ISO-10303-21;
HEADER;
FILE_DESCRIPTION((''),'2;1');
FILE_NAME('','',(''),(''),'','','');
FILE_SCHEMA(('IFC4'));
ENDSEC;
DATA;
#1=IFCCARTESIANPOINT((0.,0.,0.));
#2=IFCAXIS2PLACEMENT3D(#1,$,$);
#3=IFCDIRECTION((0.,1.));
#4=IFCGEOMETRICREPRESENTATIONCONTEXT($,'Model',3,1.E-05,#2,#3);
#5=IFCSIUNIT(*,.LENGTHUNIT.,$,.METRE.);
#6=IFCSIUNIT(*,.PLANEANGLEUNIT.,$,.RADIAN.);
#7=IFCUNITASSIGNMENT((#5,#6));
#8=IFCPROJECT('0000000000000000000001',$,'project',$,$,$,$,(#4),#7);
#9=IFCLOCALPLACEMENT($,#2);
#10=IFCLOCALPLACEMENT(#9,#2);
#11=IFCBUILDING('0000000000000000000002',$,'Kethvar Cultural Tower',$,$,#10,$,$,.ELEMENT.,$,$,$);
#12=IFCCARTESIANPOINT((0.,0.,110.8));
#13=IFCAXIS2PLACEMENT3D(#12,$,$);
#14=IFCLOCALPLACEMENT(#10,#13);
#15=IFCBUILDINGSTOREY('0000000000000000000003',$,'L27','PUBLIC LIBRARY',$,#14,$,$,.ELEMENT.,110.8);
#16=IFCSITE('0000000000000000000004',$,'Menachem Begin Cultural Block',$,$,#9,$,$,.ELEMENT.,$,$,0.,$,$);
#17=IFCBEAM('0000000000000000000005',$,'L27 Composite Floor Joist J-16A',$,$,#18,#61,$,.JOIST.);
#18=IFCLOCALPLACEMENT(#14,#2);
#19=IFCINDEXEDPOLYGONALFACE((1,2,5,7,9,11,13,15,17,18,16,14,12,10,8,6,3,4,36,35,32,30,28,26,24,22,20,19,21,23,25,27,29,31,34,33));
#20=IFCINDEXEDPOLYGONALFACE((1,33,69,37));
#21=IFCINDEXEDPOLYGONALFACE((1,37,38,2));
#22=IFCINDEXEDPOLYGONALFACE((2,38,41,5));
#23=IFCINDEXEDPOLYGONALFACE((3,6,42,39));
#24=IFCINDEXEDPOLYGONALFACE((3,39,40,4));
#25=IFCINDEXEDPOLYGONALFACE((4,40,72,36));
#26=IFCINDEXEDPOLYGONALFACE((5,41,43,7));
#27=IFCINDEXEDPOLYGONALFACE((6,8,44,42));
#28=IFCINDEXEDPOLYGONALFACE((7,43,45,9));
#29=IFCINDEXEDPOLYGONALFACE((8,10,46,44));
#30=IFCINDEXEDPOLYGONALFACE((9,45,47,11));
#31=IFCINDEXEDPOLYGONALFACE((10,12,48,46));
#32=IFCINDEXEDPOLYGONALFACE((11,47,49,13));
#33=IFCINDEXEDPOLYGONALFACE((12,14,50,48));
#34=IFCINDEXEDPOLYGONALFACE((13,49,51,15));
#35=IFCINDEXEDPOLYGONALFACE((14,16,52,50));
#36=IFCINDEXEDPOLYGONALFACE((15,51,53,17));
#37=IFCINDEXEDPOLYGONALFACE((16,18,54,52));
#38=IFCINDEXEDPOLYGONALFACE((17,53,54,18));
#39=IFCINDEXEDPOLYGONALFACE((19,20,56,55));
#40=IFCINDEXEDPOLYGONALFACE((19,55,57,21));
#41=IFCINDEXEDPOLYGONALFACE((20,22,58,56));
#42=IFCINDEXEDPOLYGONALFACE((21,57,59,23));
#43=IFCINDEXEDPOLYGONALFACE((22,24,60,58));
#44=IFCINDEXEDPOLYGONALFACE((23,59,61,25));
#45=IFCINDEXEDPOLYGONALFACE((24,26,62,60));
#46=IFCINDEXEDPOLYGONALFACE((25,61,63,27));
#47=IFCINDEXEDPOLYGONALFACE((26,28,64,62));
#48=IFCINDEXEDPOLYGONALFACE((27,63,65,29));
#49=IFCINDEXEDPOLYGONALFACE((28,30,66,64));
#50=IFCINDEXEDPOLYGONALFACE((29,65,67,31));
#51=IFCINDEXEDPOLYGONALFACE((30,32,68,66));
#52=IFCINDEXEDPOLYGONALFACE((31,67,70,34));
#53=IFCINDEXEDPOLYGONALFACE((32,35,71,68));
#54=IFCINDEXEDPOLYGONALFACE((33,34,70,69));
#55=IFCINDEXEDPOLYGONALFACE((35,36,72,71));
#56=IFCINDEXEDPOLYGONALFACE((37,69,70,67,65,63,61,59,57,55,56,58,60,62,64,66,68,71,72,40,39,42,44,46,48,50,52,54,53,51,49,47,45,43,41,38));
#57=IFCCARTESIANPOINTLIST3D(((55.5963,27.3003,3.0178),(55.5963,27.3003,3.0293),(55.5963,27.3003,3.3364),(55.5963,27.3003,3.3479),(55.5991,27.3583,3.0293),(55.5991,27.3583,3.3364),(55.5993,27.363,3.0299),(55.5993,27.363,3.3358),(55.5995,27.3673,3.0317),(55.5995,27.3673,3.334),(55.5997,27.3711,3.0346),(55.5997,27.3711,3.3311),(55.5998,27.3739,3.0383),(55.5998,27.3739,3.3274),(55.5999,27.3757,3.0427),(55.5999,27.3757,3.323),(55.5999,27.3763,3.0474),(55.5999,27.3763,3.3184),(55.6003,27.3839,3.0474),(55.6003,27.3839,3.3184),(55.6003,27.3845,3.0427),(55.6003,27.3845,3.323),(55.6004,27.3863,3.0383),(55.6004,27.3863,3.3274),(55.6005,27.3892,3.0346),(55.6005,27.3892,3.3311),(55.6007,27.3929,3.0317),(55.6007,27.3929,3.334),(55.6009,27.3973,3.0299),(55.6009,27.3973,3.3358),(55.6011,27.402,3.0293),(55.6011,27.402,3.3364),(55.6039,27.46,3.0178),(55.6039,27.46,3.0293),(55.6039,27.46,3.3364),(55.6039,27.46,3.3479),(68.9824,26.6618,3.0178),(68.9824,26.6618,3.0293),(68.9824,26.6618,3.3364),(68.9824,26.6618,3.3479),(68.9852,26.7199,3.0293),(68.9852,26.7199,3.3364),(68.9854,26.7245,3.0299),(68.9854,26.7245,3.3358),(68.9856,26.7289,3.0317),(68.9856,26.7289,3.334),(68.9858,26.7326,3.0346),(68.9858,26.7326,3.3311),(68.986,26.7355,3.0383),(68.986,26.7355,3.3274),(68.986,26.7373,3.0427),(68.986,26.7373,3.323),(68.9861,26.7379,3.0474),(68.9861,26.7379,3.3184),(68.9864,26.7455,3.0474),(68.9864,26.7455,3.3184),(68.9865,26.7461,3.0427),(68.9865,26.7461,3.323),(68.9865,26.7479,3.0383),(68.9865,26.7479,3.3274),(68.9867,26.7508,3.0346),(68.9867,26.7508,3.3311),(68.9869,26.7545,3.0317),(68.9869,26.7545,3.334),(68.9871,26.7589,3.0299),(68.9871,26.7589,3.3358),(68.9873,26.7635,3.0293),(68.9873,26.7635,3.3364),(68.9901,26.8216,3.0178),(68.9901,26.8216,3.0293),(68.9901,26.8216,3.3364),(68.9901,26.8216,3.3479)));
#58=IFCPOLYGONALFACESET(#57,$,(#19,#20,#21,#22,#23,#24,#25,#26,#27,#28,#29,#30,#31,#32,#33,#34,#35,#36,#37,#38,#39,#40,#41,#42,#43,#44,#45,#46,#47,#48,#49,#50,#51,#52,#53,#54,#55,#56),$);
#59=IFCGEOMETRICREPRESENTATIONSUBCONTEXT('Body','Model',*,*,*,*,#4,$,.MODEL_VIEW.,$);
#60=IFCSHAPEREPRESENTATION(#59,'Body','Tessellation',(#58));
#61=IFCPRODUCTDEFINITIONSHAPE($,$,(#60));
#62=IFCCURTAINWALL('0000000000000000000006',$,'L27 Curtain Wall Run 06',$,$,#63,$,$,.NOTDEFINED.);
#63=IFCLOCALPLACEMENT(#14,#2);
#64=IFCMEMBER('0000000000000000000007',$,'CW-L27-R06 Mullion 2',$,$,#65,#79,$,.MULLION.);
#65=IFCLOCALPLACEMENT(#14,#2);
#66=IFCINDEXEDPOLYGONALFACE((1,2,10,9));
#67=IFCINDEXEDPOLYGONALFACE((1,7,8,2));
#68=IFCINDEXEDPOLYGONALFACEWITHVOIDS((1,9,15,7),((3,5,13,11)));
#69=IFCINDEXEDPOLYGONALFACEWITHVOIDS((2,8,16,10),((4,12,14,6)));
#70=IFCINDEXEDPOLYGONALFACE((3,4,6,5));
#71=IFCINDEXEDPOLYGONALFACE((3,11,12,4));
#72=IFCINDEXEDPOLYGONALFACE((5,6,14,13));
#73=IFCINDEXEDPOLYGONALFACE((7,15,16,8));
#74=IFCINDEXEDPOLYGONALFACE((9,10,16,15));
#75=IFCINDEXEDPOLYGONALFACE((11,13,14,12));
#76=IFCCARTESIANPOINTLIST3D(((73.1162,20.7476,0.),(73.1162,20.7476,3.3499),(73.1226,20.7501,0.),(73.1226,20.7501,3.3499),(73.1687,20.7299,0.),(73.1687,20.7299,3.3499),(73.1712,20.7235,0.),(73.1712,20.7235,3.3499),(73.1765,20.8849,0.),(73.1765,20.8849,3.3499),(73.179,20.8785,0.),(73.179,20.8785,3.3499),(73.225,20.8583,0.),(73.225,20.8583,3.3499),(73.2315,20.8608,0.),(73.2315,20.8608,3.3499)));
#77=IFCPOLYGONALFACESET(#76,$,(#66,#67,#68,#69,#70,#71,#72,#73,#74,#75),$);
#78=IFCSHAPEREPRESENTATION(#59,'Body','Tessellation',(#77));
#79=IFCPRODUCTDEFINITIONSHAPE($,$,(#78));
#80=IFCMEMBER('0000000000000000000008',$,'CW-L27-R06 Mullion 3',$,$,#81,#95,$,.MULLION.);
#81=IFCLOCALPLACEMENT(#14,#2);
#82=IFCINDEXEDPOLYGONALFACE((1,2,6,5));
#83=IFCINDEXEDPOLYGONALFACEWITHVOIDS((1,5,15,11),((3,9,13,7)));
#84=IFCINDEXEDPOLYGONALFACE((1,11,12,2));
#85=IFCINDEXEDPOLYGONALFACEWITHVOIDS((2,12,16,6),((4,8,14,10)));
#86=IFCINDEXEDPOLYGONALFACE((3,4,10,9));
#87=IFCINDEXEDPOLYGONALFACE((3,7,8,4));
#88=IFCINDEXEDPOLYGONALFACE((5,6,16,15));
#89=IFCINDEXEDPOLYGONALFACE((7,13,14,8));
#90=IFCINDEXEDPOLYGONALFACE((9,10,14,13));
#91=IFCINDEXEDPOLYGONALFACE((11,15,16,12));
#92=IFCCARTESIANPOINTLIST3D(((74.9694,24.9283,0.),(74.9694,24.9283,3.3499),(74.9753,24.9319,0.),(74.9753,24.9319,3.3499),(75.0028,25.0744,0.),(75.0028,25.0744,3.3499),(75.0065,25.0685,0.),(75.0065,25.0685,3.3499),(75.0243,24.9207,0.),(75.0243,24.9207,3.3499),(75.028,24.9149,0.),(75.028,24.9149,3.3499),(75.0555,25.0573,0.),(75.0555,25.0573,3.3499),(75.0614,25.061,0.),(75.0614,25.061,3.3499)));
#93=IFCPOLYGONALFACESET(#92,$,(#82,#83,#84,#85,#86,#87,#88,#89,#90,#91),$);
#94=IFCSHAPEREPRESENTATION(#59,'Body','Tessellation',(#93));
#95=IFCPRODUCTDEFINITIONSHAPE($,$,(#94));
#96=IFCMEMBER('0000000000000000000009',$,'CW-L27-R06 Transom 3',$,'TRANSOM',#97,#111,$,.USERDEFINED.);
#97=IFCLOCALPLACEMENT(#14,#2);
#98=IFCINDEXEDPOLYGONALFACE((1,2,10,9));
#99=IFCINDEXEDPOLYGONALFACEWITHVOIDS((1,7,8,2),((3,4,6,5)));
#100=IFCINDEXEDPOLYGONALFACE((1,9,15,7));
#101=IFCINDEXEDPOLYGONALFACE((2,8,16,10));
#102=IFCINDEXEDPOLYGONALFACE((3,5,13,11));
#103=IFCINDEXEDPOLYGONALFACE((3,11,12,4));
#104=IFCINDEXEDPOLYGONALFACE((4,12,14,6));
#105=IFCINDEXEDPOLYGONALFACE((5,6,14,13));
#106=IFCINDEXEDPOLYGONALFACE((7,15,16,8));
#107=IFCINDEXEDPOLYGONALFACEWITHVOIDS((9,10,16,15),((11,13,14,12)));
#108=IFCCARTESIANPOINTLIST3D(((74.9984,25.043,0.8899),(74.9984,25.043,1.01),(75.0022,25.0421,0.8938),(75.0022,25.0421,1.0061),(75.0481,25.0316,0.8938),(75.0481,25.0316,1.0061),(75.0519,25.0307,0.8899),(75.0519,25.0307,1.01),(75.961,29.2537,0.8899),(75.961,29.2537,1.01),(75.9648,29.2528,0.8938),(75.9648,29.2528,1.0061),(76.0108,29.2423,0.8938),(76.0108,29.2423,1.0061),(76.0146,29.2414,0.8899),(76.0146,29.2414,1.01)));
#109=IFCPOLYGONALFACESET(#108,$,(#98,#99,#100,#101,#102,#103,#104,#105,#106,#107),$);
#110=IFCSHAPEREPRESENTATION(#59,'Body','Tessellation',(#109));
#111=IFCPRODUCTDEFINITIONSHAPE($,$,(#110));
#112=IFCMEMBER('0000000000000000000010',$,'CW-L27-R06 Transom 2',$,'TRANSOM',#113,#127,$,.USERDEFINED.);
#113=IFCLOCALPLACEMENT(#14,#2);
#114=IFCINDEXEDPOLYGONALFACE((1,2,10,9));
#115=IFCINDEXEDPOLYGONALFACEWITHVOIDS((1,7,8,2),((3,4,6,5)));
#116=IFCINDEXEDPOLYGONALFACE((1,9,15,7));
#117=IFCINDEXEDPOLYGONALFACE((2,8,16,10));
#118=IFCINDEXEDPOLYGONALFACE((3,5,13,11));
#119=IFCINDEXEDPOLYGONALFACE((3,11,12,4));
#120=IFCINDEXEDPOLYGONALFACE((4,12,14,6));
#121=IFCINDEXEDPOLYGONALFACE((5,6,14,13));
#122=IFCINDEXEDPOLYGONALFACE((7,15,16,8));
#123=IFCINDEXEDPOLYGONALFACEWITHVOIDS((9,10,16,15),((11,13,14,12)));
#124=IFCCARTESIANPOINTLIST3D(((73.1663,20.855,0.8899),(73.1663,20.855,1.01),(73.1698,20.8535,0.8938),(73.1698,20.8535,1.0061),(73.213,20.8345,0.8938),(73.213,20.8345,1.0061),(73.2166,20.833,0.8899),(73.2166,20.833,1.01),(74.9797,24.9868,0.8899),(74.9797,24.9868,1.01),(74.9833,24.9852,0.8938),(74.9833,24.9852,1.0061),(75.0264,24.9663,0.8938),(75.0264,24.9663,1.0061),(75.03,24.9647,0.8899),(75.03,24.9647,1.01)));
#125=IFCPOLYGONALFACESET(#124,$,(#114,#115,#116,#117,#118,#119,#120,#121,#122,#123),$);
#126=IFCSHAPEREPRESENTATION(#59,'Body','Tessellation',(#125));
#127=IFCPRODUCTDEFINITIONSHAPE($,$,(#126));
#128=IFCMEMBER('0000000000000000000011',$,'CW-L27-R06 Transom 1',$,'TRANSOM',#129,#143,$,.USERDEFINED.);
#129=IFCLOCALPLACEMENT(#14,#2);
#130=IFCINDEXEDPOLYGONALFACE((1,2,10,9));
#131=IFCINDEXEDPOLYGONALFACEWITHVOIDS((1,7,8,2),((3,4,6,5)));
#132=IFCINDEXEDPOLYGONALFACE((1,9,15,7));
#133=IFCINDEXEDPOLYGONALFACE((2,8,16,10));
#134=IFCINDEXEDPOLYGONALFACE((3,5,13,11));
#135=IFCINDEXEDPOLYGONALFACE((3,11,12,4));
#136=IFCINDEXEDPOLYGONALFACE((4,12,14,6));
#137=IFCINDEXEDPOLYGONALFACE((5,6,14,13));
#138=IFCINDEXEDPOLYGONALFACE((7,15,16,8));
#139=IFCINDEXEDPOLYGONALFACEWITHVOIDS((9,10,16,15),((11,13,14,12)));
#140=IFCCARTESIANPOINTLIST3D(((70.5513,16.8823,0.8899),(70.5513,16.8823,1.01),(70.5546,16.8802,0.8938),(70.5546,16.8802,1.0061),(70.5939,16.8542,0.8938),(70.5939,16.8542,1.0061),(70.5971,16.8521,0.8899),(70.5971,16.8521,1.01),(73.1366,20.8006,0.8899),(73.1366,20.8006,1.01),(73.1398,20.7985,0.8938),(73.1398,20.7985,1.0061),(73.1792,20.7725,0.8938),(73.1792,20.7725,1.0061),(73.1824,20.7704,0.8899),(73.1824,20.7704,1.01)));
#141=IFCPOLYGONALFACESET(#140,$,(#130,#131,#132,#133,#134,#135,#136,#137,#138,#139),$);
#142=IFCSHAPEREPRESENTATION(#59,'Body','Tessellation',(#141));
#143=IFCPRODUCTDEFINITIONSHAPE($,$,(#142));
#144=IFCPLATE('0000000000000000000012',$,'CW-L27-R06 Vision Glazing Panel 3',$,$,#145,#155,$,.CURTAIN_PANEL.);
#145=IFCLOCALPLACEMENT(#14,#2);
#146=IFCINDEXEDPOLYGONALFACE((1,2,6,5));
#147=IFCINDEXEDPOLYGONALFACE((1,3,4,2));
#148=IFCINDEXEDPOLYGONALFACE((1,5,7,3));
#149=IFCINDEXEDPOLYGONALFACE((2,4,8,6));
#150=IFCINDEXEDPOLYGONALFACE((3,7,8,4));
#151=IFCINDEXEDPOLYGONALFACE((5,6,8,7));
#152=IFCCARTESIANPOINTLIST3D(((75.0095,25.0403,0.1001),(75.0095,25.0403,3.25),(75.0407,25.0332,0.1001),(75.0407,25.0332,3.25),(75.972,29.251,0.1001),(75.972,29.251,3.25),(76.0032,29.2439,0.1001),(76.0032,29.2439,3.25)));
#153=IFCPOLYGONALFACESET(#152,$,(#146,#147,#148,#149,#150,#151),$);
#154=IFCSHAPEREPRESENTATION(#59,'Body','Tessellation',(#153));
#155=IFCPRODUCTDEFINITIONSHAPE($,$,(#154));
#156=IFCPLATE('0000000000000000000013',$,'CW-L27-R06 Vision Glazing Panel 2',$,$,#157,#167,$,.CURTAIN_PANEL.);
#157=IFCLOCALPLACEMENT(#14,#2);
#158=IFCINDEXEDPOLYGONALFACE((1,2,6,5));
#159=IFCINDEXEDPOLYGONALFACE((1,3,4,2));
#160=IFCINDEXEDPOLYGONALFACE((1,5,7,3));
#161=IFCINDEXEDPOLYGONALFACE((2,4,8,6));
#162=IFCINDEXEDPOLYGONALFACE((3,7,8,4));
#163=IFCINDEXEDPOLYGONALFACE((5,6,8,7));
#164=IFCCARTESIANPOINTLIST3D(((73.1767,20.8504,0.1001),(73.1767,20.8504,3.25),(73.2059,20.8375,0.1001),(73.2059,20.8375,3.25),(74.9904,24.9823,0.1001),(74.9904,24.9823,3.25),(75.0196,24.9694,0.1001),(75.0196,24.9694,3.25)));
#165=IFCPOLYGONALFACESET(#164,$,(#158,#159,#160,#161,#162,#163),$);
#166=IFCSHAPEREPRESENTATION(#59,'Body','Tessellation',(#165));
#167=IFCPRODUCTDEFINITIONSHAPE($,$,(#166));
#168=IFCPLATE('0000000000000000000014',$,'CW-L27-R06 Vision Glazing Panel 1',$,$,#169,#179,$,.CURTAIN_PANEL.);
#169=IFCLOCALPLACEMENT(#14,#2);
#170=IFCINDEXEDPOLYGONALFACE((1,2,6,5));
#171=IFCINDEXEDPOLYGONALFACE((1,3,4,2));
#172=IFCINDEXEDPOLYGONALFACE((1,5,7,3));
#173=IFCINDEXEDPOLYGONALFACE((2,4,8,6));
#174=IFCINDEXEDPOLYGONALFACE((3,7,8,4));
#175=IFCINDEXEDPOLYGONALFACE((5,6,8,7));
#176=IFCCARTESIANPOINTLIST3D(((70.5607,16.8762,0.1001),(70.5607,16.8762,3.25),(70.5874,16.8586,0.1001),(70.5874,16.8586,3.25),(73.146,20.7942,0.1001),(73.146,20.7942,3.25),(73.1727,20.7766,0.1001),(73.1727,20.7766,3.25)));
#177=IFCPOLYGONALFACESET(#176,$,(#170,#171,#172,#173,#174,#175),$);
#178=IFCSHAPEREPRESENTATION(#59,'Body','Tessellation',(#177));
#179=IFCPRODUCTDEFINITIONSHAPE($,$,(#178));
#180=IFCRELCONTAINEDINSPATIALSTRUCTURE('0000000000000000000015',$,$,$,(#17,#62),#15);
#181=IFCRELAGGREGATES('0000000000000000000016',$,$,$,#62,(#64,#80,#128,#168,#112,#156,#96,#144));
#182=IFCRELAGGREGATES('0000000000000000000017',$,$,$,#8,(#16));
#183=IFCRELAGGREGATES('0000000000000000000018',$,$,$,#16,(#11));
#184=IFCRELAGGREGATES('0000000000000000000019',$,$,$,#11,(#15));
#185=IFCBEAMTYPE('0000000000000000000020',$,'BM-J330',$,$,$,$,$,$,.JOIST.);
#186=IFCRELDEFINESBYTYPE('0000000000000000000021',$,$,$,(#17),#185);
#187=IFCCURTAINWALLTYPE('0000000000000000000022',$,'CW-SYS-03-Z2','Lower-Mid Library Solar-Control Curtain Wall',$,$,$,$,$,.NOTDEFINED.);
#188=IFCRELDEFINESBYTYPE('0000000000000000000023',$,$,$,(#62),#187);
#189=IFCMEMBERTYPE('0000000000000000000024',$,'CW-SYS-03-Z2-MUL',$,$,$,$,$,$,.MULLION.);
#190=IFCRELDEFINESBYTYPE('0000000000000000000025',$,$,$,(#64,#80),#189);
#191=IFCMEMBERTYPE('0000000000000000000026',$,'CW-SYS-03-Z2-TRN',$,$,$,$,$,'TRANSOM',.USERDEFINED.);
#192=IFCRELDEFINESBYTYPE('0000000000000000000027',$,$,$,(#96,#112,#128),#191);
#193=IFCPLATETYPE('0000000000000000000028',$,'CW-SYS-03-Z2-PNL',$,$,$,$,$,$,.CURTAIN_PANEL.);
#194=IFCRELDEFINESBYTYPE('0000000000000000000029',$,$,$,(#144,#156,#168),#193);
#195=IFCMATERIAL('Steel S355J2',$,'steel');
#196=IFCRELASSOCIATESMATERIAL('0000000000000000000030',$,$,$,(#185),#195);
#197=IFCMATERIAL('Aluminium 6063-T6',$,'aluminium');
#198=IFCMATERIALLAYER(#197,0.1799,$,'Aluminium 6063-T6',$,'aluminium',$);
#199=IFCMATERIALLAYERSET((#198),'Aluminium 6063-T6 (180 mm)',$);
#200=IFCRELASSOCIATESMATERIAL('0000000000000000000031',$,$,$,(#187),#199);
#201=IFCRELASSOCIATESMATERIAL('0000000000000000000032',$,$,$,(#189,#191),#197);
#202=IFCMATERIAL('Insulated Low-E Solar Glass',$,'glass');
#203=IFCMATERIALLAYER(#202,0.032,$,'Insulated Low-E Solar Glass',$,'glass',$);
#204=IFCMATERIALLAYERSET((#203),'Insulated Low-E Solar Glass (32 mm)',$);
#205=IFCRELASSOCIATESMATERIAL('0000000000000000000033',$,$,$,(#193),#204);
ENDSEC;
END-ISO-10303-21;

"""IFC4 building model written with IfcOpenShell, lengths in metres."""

from ifc_helpers import new_model, si_unit, direction, frame, origin, origin_2d, place, context, subcontext, project, spatial, rectangle, hollow_rectangle, i_section, extrude, source, transform, mapped, material, layer, layer_set, material_profile, profile_set, type_object, element, aggregate, save


model = new_model("IFC4")

# Units and contexts
model_context = context("Model", 3, precision=1e-05, world=origin(), true_north=direction((0.0, 1.0)))
body_context = subcontext(model_context, "Body", "Model", "MODEL_VIEW")
ifc_project = project(units=[si_unit("LENGTHUNIT", "METRE"), si_unit("PLANEANGLEUNIT", "RADIAN")], contexts=[model_context])

# Site, building, storey
site_placement = place(None, origin())
site = spatial("IfcSite", under=ifc_project, at=site_placement, Name="Menachem Begin Cultural Block", CompositionType="ELEMENT", RefElevation=0.0)
building_placement = place(site_placement, origin())
building = spatial("IfcBuilding", under=site, at=building_placement, Name="Kethvar Cultural Tower", CompositionType="ELEMENT")
storey_placement = place(building_placement, frame((0.0, 0.0, 110.8)))
storey = spatial("IfcBuildingStorey", under=building, at=storey_placement, Name="L27", Description="PUBLIC LIBRARY", CompositionType="ELEMENT", Elevation=110.8)

# Beam
ifc_material_1 = material(Name="Steel S355J2", Category="steel")
ifc_material_profile_1 = material_profile(ifc_material_1, i_section(OverallWidth=0.1599, OverallDepth=0.3301, WebThickness=0.0076, FlangeThickness=0.0115, FilletRadius=0.0181, at=origin_2d()), Name="Steel S355J2 — IPE330")
ifc_profile_set_1 = profile_set([ifc_material_profile_1], Name="Steel S355J2 — IPE330")
beam_type_1 = type_object("IfcBeamType", Name="BM-J330", PredefinedType="JOIST", material=ifc_profile_set_1)
shared_shape_1 = source(origin(), body_context, "Body", "SweptSolid", [
    extrude(i_section(OverallWidth=0.1599, OverallDepth=0.3301, WebThickness=0.0076, FlangeThickness=0.0115, FilletRadius=0.0181, at=origin_2d()), origin(), (0.0, 0.0, 1.0), 13.4014),
])
beam_1_placement = place(storey_placement, frame((55.6001, 27.3801, 3.1829), z_axis=(0.998865, -0.047639, 0.0), x_axis=(0.047639, 0.998865, 0.0)))
element("IfcBeam", 1, at=beam_1_placement, inside=storey, type_object=beam_type_1, Name="L27 Composite Floor Joist J-16A", PredefinedType="JOIST", context=body_context, shape_type="MappedRepresentation", body=[
    mapped(shared_shape_1, transform((0.0, 0.0, 0.0), scale=1.0)),
])

# Curtain wall, members, plates
ifc_material_2 = material(Name="Aluminium 6063-T6", Category="aluminium")
ifc_layer_1 = layer(ifc_material_2, 0.1799, Name="Aluminium 6063-T6", Category="aluminium")
ifc_layer_set_1 = layer_set([ifc_layer_1], Name="Aluminium 6063-T6 (180 mm)")
curtain_wall_type = type_object("IfcCurtainWallType", Name="CW-SYS-03-Z2", Description="Lower-Mid Library Solar-Control Curtain Wall", PredefinedType="NOTDEFINED", material=ifc_layer_set_1)
curtain_wall_placement = place(storey_placement, origin())
curtain_wall = element("IfcCurtainWall", 2, at=curtain_wall_placement, inside=storey, type_object=curtain_wall_type, Name="L27 Curtain Wall Run 06", PredefinedType="NOTDEFINED")
ifc_material_profile_2 = material_profile(ifc_material_2, hollow_rectangle(XDim=0.0601, YDim=0.1499, WallThickness=0.0049, at=origin_2d()), Name="Aluminium 6063-T6 — RHS150x60x5")
ifc_profile_set_2 = profile_set([ifc_material_profile_2], Name="Aluminium 6063-T6 — RHS150x60x5")
member_type_1 = type_object("IfcMemberType", Name="CW-SYS-03-Z2-MUL", PredefinedType="MULLION", material=ifc_profile_set_2)
shared_shape_2 = source(origin(), body_context, "Body", "SweptSolid", [
    extrude(hollow_rectangle(XDim=0.0601, YDim=0.1499, WallThickness=0.0049, at=origin_2d()), origin(), (0.0, 0.0, 1.0), 3.3499),
])
member_1_placement = place(storey_placement, frame((73.1738, 20.8042, 0.0), z_axis=(0.0, 0.0, 1.0), x_axis=(-0.91567, 0.401932, 0.0)))
member_1 = element("IfcMember", 3, at=member_1_placement, type_object=member_type_1, Name="CW-L27-R06 Mullion 2", PredefinedType="MULLION", context=body_context, shape_type="MappedRepresentation", body=[
    mapped(shared_shape_2, transform((0.0, 0.0, 0.0), scale=1.0)),
])
member_2_placement = place(storey_placement, frame((75.0154, 24.9946, 0.0), z_axis=(0.0, 0.0, 1.0), x_axis=(-0.974855, 0.222842, 0.0)))
member_2 = element("IfcMember", 4, at=member_2_placement, type_object=member_type_1, Name="CW-L27-R06 Mullion 3", PredefinedType="MULLION", context=body_context, shape_type="MappedRepresentation", body=[
    mapped(shared_shape_2, transform((0.0, 0.0, 0.0), scale=1.0)),
])
ifc_material_profile_3 = material_profile(ifc_material_2, hollow_rectangle(XDim=0.0549, YDim=0.1201, WallThickness=0.0039, at=origin_2d()), Name="Aluminium 6063-T6 — RHS120x55x4")
ifc_profile_set_3 = profile_set([ifc_material_profile_3], Name="Aluminium 6063-T6 — RHS120x55x4")
member_type_2 = type_object("IfcMemberType", Name="CW-SYS-03-Z2-TRN", ElementType="TRANSOM", PredefinedType="USERDEFINED", material=ifc_profile_set_3)
shared_shape_3 = source(origin(), body_context, "Body", "SweptSolid", [
    extrude(hollow_rectangle(XDim=0.0549, YDim=0.1201, WallThickness=0.0039, at=origin_2d()), origin(), (0.0, 0.0, 1.0), 4.3193),
])
member_3_placement = place(storey_placement, frame((75.0251, 25.0369, 0.95), z_axis=(0.222869, 0.974848, 0.0), x_axis=(-0.974848, 0.222869, 0.0)))
member_3 = element("IfcMember", 5, at=member_3_placement, type_object=member_type_2, Name="CW-L27-R06 Transom 3", ObjectType="TRANSOM", PredefinedType="USERDEFINED", context=body_context, shape_type="MappedRepresentation", body=[
    mapped(shared_shape_3, transform((0.0, 0.0, 0.0), scale=1.0)),
])
shared_shape_4 = source(origin(), body_context, "Body", "SweptSolid", [
    extrude(hollow_rectangle(XDim=0.0549, YDim=0.1201, WallThickness=0.0039, at=origin_2d()), origin(), (0.0, 0.0, 1.0), 4.5122),
])
member_4_placement = place(storey_placement, frame((73.1914, 20.844, 0.95), z_axis=(0.401897, 0.915685, 0.0), x_axis=(-0.915685, 0.401897, 0.0)))
member_4 = element("IfcMember", 6, at=member_4_placement, type_object=member_type_2, Name="CW-L27-R06 Transom 2", ObjectType="TRANSOM", PredefinedType="USERDEFINED", context=body_context, shape_type="MappedRepresentation", body=[
    mapped(shared_shape_4, transform((0.0, 0.0, 0.0), scale=1.0)),
])
shared_shape_5 = source(origin(), body_context, "Body", "SweptSolid", [
    extrude(hollow_rectangle(XDim=0.0549, YDim=0.1201, WallThickness=0.0039, at=origin_2d()), origin(), (0.0, 0.0, 1.0), 4.6943),
])
member_5_placement = place(storey_placement, frame((70.5742, 16.8672, 0.95), z_axis=(0.550721, 0.834689, 0.0), x_axis=(-0.834689, 0.550721, 0.0)))
member_5 = element("IfcMember", 7, at=member_5_placement, type_object=member_type_2, Name="CW-L27-R06 Transom 1", ObjectType="TRANSOM", PredefinedType="USERDEFINED", context=body_context, shape_type="MappedRepresentation", body=[
    mapped(shared_shape_5, transform((0.0, 0.0, 0.0), scale=1.0)),
])
ifc_material_3 = material(Name="Insulated Low-E Solar Glass", Category="glass")
ifc_layer_2 = layer(ifc_material_3, 0.032, Name="Insulated Low-E Solar Glass", Category="glass")
ifc_layer_set_2 = layer_set([ifc_layer_2], Name="Insulated Low-E Solar Glass (32 mm)")
plate_type = type_object("IfcPlateType", Name="CW-SYS-03-Z2-PNL", PredefinedType="CURTAIN_PANEL", material=ifc_layer_set_2)
shared_shape_6 = source(origin(), body_context, "Body", "SweptSolid", [
    extrude(rectangle(XDim=4.3193, YDim=0.032, at=origin_2d()), origin(), (0.0, 0.0, 1.0), 3.1499),
])
plate_1_placement = place(storey_placement, frame((75.5063, 27.1421, 0.1001), z_axis=(0.0, 0.0, 1.0), x_axis=(0.222842, 0.974855, 0.0)))
plate_1 = element("IfcPlate", 8, at=plate_1_placement, type_object=plate_type, Name="CW-L27-R06 Vision Glazing Panel 3", PredefinedType="CURTAIN_PANEL", context=body_context, shape_type="MappedRepresentation", body=[
    mapped(shared_shape_6, transform((0.0, 0.0, 0.0), scale=1.0)),
])
shared_shape_7 = source(origin(), body_context, "Body", "SweptSolid", [
    extrude(rectangle(XDim=4.5125, YDim=0.032, at=origin_2d()), origin(), (0.0, 0.0, 1.0), 3.1499),
])
plate_2_placement = place(storey_placement, frame((74.0981, 22.9099, 0.1001), z_axis=(0.0, 0.0, 1.0), x_axis=(0.401932, 0.91567, 0.0)))
plate_2 = element("IfcPlate", 9, at=plate_2_placement, type_object=plate_type, Name="CW-L27-R06 Vision Glazing Panel 2", PredefinedType="CURTAIN_PANEL", context=body_context, shape_type="MappedRepresentation", body=[
    mapped(shared_shape_7, transform((0.0, 0.0, 0.0), scale=1.0)),
])
shared_shape_8 = source(origin(), body_context, "Body", "SweptSolid", [
    extrude(rectangle(XDim=4.6941, YDim=0.032, at=origin_2d()), origin(), (0.0, 0.0, 1.0), 3.1499),
])
plate_3_placement = place(storey_placement, frame((71.8667, 18.8264, 0.1001), z_axis=(0.0, 0.0, 1.0), x_axis=(0.550743, 0.834675, 0.0)))
plate_3 = element("IfcPlate", 10, at=plate_3_placement, type_object=plate_type, Name="CW-L27-R06 Vision Glazing Panel 1", PredefinedType="CURTAIN_PANEL", context=body_context, shape_type="MappedRepresentation", body=[
    mapped(shared_shape_8, transform((0.0, 0.0, 0.0), scale=1.0)),
])
aggregate(curtain_wall, [member_1, member_2, member_5, plate_3, member_4, plate_2, member_3, plate_1])

save(model, "model.ifc")
